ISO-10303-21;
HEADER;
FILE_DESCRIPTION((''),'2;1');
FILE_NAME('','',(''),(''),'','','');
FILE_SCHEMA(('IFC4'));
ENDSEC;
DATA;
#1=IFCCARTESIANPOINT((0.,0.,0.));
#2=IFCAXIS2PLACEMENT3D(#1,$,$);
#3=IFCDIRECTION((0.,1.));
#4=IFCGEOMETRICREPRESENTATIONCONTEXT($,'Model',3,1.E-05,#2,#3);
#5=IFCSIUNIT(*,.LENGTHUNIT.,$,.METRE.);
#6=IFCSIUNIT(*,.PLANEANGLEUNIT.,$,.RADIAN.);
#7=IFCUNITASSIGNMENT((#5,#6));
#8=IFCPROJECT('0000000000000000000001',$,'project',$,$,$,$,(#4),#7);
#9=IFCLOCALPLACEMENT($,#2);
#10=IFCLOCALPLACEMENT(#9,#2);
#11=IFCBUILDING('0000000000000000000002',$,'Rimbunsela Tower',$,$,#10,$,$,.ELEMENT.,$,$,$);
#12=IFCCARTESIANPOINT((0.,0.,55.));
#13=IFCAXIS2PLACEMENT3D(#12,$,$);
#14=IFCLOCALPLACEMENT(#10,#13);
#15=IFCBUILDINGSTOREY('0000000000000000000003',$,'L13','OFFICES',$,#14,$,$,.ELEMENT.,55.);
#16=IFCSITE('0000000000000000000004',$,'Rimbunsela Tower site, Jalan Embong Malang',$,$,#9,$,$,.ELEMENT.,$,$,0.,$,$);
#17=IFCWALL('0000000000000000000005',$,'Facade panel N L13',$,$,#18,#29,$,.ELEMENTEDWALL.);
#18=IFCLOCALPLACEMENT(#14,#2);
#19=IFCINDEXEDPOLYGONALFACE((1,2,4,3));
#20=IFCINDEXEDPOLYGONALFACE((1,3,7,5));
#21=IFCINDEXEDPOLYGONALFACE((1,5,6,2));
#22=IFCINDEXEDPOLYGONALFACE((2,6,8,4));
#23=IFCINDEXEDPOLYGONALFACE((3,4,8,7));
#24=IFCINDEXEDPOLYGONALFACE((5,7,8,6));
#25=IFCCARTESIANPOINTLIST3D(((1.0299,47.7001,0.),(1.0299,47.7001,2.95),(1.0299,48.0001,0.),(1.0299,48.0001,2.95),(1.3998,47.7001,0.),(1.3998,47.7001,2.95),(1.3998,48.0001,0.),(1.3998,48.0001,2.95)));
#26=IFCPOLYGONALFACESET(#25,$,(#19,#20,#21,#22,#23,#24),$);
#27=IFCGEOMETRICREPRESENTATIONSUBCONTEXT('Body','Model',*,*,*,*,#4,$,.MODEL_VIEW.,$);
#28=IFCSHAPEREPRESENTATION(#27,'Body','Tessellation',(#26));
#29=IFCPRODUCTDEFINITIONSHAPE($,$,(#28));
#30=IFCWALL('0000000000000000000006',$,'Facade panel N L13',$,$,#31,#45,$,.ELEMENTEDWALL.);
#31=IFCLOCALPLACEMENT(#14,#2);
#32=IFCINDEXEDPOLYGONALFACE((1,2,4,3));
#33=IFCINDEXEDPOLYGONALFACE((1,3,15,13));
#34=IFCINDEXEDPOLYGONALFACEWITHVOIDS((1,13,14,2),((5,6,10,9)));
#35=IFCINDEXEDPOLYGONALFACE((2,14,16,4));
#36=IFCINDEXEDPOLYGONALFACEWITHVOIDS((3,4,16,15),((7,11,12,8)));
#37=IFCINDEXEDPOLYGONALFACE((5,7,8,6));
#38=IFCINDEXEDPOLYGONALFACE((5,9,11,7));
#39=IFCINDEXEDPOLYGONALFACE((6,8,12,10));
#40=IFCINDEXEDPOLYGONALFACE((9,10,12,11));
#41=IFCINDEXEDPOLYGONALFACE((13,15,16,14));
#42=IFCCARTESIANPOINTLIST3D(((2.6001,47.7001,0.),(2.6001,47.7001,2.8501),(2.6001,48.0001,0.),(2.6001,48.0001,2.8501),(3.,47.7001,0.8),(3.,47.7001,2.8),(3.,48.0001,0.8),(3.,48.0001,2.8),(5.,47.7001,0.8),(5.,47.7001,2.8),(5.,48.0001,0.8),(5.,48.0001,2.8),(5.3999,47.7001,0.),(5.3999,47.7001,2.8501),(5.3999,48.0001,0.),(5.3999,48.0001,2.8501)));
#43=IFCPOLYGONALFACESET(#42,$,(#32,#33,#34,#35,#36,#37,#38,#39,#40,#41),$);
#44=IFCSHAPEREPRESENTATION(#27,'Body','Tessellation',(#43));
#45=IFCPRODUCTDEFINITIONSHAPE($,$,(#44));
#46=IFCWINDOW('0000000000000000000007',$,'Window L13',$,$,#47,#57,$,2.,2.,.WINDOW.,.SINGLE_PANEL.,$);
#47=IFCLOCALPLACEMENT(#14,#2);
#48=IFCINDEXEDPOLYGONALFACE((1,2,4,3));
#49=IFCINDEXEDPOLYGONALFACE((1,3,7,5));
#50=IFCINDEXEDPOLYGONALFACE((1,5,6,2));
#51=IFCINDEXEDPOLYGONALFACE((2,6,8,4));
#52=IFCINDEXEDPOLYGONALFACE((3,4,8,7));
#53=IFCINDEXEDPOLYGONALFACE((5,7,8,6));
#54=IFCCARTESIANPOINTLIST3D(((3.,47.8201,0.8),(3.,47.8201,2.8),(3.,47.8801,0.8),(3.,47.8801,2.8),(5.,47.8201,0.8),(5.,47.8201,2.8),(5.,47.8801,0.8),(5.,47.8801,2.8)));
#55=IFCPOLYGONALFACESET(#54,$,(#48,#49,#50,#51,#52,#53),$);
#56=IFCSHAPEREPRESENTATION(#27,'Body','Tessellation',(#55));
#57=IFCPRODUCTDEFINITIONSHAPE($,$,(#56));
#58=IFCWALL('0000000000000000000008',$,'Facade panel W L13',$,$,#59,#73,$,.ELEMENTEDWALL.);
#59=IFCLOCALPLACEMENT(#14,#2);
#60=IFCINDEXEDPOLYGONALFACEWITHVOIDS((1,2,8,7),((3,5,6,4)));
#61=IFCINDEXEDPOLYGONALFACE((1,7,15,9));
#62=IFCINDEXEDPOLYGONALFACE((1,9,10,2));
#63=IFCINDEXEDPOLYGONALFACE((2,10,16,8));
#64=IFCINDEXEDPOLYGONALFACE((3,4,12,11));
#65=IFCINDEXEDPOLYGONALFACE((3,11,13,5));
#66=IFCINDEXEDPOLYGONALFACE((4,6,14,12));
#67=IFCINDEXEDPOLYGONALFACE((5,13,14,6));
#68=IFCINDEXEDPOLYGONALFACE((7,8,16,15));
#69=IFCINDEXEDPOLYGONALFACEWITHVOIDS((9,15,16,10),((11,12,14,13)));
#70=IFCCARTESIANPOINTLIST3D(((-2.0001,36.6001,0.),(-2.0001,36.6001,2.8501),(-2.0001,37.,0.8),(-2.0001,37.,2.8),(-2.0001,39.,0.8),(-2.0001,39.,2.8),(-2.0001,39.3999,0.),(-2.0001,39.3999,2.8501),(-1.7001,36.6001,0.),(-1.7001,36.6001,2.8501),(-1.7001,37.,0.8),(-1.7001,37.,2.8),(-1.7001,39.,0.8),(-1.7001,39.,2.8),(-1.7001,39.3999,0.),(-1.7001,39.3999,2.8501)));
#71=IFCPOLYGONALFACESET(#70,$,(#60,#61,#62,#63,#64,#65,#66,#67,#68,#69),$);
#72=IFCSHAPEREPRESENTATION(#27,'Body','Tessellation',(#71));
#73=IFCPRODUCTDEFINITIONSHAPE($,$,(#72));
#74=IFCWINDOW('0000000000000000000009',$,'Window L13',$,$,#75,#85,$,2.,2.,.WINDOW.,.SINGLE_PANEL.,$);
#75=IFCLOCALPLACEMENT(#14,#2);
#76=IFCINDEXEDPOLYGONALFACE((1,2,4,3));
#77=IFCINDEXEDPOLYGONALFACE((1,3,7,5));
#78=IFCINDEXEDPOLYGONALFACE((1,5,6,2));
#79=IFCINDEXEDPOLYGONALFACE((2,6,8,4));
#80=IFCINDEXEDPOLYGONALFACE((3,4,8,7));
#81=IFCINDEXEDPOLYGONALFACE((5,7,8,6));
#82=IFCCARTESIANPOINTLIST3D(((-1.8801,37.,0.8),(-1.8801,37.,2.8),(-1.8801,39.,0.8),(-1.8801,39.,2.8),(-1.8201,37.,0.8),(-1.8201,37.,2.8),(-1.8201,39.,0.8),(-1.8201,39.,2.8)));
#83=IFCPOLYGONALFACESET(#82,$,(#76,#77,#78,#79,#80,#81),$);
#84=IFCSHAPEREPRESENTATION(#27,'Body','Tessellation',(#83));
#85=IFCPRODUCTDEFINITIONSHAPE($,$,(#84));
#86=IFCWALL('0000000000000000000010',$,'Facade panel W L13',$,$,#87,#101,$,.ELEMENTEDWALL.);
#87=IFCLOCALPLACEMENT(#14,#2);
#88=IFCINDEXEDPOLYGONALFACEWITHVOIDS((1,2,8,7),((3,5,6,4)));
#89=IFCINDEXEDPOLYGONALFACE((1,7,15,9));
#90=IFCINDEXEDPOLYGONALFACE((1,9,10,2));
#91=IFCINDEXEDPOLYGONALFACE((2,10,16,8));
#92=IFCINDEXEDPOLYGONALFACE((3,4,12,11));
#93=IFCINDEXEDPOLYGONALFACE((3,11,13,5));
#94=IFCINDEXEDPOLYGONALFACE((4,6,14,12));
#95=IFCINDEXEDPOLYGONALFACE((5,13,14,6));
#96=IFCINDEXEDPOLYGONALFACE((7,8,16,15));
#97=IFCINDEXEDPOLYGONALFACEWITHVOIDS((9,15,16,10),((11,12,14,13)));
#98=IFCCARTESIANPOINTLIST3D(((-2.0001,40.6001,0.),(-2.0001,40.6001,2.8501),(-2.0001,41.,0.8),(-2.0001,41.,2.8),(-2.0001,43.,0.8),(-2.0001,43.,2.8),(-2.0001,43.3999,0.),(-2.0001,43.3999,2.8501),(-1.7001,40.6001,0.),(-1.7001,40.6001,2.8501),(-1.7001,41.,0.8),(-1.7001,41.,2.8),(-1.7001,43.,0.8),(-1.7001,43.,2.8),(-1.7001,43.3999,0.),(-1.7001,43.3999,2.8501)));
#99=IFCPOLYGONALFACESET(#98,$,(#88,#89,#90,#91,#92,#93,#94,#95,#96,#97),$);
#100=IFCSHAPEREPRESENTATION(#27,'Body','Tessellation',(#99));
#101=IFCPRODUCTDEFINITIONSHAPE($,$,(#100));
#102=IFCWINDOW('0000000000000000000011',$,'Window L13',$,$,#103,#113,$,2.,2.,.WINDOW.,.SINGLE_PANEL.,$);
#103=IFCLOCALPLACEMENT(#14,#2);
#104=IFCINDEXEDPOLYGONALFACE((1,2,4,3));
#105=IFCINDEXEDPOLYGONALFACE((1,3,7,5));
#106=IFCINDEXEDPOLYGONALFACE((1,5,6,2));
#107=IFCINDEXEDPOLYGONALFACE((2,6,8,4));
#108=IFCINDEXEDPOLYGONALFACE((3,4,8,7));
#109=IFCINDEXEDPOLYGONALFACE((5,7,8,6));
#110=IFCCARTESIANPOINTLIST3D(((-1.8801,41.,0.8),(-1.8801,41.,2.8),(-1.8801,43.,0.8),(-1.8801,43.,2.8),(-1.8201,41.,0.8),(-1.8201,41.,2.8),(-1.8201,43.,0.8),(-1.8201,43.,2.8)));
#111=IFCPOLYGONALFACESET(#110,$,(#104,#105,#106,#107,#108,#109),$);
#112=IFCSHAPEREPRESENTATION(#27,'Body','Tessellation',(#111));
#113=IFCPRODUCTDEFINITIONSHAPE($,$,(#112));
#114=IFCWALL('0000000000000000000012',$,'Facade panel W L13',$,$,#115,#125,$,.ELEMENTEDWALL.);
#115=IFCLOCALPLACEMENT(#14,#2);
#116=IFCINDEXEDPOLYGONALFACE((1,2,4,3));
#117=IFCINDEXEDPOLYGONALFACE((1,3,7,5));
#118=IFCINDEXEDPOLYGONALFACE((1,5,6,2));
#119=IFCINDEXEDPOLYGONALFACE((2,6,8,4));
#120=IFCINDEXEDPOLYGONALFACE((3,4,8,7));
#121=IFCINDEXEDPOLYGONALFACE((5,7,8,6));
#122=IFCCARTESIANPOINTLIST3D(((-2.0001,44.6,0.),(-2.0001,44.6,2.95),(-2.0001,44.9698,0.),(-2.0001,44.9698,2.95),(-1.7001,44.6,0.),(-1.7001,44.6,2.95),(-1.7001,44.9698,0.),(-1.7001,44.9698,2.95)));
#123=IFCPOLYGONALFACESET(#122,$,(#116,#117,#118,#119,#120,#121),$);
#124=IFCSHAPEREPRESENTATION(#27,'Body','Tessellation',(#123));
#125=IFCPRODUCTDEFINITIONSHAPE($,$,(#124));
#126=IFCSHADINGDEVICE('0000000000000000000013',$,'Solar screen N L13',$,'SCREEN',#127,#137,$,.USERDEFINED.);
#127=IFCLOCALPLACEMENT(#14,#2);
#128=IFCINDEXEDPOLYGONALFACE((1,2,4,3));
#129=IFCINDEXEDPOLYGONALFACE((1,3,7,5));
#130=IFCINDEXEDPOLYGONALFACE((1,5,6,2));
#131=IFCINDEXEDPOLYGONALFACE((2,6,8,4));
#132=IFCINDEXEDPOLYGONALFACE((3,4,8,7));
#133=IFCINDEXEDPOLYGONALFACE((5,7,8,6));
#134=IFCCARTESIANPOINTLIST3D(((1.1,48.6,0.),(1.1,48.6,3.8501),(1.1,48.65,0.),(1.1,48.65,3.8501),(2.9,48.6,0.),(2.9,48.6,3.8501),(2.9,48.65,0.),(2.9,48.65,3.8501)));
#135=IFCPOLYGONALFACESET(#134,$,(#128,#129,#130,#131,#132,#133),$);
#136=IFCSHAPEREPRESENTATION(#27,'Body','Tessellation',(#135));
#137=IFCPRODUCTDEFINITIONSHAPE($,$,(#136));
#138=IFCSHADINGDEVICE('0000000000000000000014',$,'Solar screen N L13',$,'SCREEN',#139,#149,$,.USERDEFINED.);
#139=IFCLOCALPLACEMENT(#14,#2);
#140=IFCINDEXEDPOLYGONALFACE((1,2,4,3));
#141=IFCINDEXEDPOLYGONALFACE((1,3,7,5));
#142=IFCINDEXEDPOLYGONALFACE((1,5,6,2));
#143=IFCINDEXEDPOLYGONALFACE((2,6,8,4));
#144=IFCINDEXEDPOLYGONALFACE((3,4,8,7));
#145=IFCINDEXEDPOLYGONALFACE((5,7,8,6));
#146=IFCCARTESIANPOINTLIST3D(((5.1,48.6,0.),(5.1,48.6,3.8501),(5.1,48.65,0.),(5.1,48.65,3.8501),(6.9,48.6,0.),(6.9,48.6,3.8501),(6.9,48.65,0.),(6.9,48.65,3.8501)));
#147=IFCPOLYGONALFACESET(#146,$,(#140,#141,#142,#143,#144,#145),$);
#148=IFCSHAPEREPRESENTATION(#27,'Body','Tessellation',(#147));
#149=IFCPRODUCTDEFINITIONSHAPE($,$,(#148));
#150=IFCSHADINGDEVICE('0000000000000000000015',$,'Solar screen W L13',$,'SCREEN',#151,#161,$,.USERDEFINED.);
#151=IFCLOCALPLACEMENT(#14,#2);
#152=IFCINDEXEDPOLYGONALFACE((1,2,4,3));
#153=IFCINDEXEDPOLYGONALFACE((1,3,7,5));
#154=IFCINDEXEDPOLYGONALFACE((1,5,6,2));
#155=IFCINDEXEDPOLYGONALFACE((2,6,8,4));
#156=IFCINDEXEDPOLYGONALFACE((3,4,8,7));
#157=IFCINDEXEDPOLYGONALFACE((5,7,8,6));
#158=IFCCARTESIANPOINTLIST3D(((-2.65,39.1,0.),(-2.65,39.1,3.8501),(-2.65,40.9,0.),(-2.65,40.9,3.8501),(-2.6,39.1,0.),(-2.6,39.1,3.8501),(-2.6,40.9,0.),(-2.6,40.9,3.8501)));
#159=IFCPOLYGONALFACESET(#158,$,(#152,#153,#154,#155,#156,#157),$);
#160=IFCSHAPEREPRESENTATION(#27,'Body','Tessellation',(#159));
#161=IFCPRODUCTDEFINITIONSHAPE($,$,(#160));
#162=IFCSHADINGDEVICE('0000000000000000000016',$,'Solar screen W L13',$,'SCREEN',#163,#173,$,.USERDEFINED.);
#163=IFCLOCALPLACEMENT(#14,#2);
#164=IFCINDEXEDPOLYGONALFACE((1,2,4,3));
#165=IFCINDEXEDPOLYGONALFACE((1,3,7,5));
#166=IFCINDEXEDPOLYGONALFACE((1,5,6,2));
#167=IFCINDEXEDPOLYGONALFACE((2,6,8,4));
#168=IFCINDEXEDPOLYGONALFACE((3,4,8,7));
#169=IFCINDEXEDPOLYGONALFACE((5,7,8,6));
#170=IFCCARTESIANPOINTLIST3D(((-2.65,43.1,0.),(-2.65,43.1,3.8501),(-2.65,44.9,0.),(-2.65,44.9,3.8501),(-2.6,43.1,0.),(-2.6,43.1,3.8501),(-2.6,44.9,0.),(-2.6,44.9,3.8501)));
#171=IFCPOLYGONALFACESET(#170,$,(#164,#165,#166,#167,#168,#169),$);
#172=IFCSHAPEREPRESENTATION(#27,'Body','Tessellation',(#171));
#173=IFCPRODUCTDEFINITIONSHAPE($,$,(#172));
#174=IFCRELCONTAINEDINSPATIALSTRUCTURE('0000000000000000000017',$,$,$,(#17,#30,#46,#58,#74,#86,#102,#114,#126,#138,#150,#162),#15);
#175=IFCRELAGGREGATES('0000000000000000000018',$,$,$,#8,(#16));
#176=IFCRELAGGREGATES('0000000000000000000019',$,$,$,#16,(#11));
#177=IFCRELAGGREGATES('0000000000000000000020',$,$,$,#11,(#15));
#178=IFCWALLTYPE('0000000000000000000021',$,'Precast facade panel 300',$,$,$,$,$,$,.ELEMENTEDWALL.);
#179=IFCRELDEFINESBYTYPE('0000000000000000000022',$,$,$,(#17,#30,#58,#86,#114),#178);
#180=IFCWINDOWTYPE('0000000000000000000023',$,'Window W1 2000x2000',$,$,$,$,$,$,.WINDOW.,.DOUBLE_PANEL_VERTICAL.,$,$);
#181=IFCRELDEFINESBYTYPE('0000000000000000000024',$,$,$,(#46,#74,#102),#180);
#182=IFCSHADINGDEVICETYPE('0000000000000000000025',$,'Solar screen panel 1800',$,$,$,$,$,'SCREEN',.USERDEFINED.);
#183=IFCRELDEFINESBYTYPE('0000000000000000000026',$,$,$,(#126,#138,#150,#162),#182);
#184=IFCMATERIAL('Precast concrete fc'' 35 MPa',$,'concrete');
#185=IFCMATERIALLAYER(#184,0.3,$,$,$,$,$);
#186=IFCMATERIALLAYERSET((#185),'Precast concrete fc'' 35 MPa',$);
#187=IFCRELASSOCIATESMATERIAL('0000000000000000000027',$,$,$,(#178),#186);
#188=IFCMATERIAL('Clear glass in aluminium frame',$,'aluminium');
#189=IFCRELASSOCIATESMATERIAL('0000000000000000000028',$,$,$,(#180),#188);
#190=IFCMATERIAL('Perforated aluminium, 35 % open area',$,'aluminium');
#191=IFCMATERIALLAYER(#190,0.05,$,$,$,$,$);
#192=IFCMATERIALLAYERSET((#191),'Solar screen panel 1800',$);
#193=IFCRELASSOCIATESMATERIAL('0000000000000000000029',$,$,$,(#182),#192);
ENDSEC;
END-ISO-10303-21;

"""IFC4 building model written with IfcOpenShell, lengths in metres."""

from ifc_helpers import new_model, si_unit, direction, frame, frame_2d, origin, origin_2d, place, context, subcontext, project, spatial, rectangle, extrude, material, layer, layer_set, type_object, element, fill, save


model = new_model("IFC4")

# Units and contexts
model_context = context("Model", 3, precision=1e-05, world=origin(), true_north=direction((0.0, 1.0)))
body_context = subcontext(model_context, "Body", "Model", "MODEL_VIEW")
ifc_project = project(units=[si_unit("LENGTHUNIT", "METRE"), si_unit("PLANEANGLEUNIT", "RADIAN")], contexts=[model_context])

# Site, building, storey
site_placement = place(None, origin())
site = spatial("IfcSite", under=ifc_project, at=site_placement, Name="Rimbunsela Tower site, Jalan Embong Malang", CompositionType="ELEMENT", RefElevation=0.0)
building_placement = place(site_placement, origin())
building = spatial("IfcBuilding", under=site, at=building_placement, Name="Rimbunsela Tower", CompositionType="ELEMENT")
storey_placement = place(building_placement, frame((0.0, 0.0, 55.0)))
storey = spatial("IfcBuildingStorey", under=building, at=storey_placement, Name="L13", Description="OFFICES", CompositionType="ELEMENT", Elevation=55.0)

# Wall
ifc_material_1 = material(Name="Precast concrete fc' 35 MPa", Category="concrete")
ifc_layer_1 = layer(ifc_material_1, 0.3)
ifc_layer_set_1 = layer_set([ifc_layer_1], Name="Precast concrete fc' 35 MPa")
wall_type = type_object("IfcWallType", Name="Precast facade panel 300", PredefinedType="ELEMENTEDWALL", material=ifc_layer_set_1)
wall_1_placement = place(storey_placement, frame((1.3999, 47.8501, 0.0), z_axis=(0.0, 0.0, 1.0), x_axis=(-1.0, 0.0, 0.0)))
element("IfcWall", 1, at=wall_1_placement, inside=storey, type_object=wall_type, Name="Facade panel N L13", PredefinedType="ELEMENTEDWALL", context=body_context, shape_type="SweptSolid", body=[
    extrude(rectangle(XDim=0.3699, YDim=0.3, at=frame_2d((0.1851, 0.0))), origin(), (0.0, 0.0, 1.0), 2.95),
])

# Walls, openings, windows
wall_2_placement = place(storey_placement, frame((5.3999, 47.8501, 0.0), z_axis=(0.0, 0.0, 1.0), x_axis=(-1.0, 0.0, 0.0)))
wall_2 = element("IfcWall", 2, at=wall_2_placement, inside=storey, type_object=wall_type, Name="Facade panel N L13", PredefinedType="ELEMENTEDWALL", context=body_context, shape_type="SweptSolid", body=[
    extrude(rectangle(XDim=2.7998, YDim=0.3, at=frame_2d((1.3999, 0.0))), origin(), (0.0, 0.0, 1.0), 2.8501),
])
opening_1_placement = place(wall_2_placement, frame((0.3999, 0.0, 0.8)))
opening_1 = element("IfcOpeningElement", 3, at=opening_1_placement, cuts=wall_2, PredefinedType="OPENING", context=body_context, shape_type="SweptSolid", body=[
    extrude(rectangle(XDim=2.0, YDim=2.0, at=frame_2d((1.0, 1.0))), frame((0.0, 0.1599, 0.0), z_axis=(0.0, -1.0, 0.0), x_axis=(1.0, 0.0, 0.0)), (0.0, 0.0, 1.0), 0.3201),
])
ifc_material_2 = material(Name="Clear glass in aluminium frame", Category="aluminium")
window_type = type_object("IfcWindowType", Name="Window W1 2000x2000", PartitioningType="DOUBLE_PANEL_VERTICAL", PredefinedType="WINDOW", material=ifc_material_2)
window_1_placement = place(opening_1_placement, origin())
window_1 = element("IfcWindow", 4, at=window_1_placement, inside=storey, type_object=window_type, Name="Window L13", OverallHeight=2.0, OverallWidth=2.0, PartitioningType="SINGLE_PANEL", PredefinedType="WINDOW", context=body_context, shape_type="SweptSolid", body=[
    extrude(rectangle(XDim=2.0, YDim=2.0, at=frame_2d((1.0, 1.0))), frame((0.0, 0.03, 0.0), z_axis=(0.0, -1.0, 0.0), x_axis=(1.0, 0.0, 0.0)), (0.0, 0.0, 1.0), 0.0601),
])
fill(opening_1, window_1)
wall_3_placement = place(storey_placement, frame((-1.8501, 39.3999, 0.0), z_axis=(0.0, 0.0, 1.0), x_axis=(0.0, -1.0, 0.0)))
wall_3 = element("IfcWall", 5, at=wall_3_placement, inside=storey, type_object=wall_type, Name="Facade panel W L13", PredefinedType="ELEMENTEDWALL", context=body_context, shape_type="SweptSolid", body=[
    extrude(rectangle(XDim=2.7998, YDim=0.3, at=frame_2d((1.3999, 0.0))), origin(), (0.0, 0.0, 1.0), 2.8501),
])
opening_2_placement = place(wall_3_placement, frame((0.3999, 0.0, 0.8)))
opening_2 = element("IfcOpeningElement", 6, at=opening_2_placement, cuts=wall_3, PredefinedType="OPENING", context=body_context, shape_type="SweptSolid", body=[
    extrude(rectangle(XDim=2.0, YDim=2.0, at=frame_2d((1.0, 1.0))), frame((0.0, 0.1599, 0.0), z_axis=(0.0, -1.0, 0.0), x_axis=(1.0, 0.0, 0.0)), (0.0, 0.0, 1.0), 0.3201),
])
window_2_placement = place(opening_2_placement, origin())
window_2 = element("IfcWindow", 7, at=window_2_placement, inside=storey, type_object=window_type, Name="Window L13", OverallHeight=2.0, OverallWidth=2.0, PartitioningType="SINGLE_PANEL", PredefinedType="WINDOW", context=body_context, shape_type="SweptSolid", body=[
    extrude(rectangle(XDim=2.0, YDim=2.0, at=frame_2d((1.0, 1.0))), frame((0.0, 0.03, 0.0), z_axis=(0.0, -1.0, 0.0), x_axis=(1.0, 0.0, 0.0)), (0.0, 0.0, 1.0), 0.0601),
])
fill(opening_2, window_2)
wall_4_placement = place(storey_placement, frame((-1.8501, 43.3999, 0.0), z_axis=(0.0, 0.0, 1.0), x_axis=(0.0, -1.0, 0.0)))
wall_4 = element("IfcWall", 8, at=wall_4_placement, inside=storey, type_object=wall_type, Name="Facade panel W L13", PredefinedType="ELEMENTEDWALL", context=body_context, shape_type="SweptSolid", body=[
    extrude(rectangle(XDim=2.7998, YDim=0.3, at=frame_2d((1.3999, 0.0))), origin(), (0.0, 0.0, 1.0), 2.8501),
])
opening_3_placement = place(wall_4_placement, frame((0.3999, 0.0, 0.8)))
opening_3 = element("IfcOpeningElement", 9, at=opening_3_placement, cuts=wall_4, PredefinedType="OPENING", context=body_context, shape_type="SweptSolid", body=[
    extrude(rectangle(XDim=2.0, YDim=2.0, at=frame_2d((1.0, 1.0))), frame((0.0, 0.1599, 0.0), z_axis=(0.0, -1.0, 0.0), x_axis=(1.0, 0.0, 0.0)), (0.0, 0.0, 1.0), 0.3201),
])
window_3_placement = place(opening_3_placement, origin())
window_3 = element("IfcWindow", 10, at=window_3_placement, inside=storey, type_object=window_type, Name="Window L13", OverallHeight=2.0, OverallWidth=2.0, PartitioningType="SINGLE_PANEL", PredefinedType="WINDOW", context=body_context, shape_type="SweptSolid", body=[
    extrude(rectangle(XDim=2.0, YDim=2.0, at=frame_2d((1.0, 1.0))), frame((0.0, 0.03, 0.0), z_axis=(0.0, -1.0, 0.0), x_axis=(1.0, 0.0, 0.0)), (0.0, 0.0, 1.0), 0.0601),
])
fill(opening_3, window_3)

# Wall
wall_5_placement = place(storey_placement, frame((-1.8501, 44.97, 0.0), z_axis=(0.0, 0.0, 1.0), x_axis=(0.0, -1.0, 0.0)))
element("IfcWall", 11, at=wall_5_placement, inside=storey, type_object=wall_type, Name="Facade panel W L13", PredefinedType="ELEMENTEDWALL", context=body_context, shape_type="SweptSolid", body=[
    extrude(rectangle(XDim=0.3699, YDim=0.3, at=frame_2d((0.1851, 0.0))), origin(), (0.0, 0.0, 1.0), 2.95),
])

# Shading devices
ifc_material_3 = material(Name="Perforated aluminium, 35 % open area", Category="aluminium")
ifc_layer_2 = layer(ifc_material_3, 0.05)
ifc_layer_set_2 = layer_set([ifc_layer_2], Name="Solar screen panel 1800")
shading_device_type = type_object("IfcShadingDeviceType", Name="Solar screen panel 1800", ElementType="SCREEN", PredefinedType="USERDEFINED", material=ifc_layer_set_2)
for number, where, z_axis, x_axis, name in (
    (12, (2.0, 48.625, 0.0), (0.0, 0.0, 1.0), (1.0, 0.0, 0.0), "Solar screen N L13"),
    (13, (6.0, 48.625, 0.0), (0.0, 0.0, 1.0), (1.0, 0.0, 0.0), "Solar screen N L13"),
    (14, (-2.625, 40.0, 0.0), (0.0, 0.0, 1.0), (0.0, 1.0, 0.0), "Solar screen W L13"),
    (15, (-2.625, 44.0, 0.0), (0.0, 0.0, 1.0), (0.0, 1.0, 0.0), "Solar screen W L13"),
):
    element("IfcShadingDevice", number, at=place(storey_placement, frame(where, z_axis=z_axis, x_axis=x_axis)), inside=storey, type_object=shading_device_type, Name=name, ObjectType="SCREEN", PredefinedType="USERDEFINED", context=body_context, shape_type="SweptSolid", body=[
        extrude(rectangle(XDim=1.8, YDim=0.05, at=origin_2d()), origin(), (0.0, 0.0, 1.0), 3.8501),
    ])

save(model, "model.ifc")
